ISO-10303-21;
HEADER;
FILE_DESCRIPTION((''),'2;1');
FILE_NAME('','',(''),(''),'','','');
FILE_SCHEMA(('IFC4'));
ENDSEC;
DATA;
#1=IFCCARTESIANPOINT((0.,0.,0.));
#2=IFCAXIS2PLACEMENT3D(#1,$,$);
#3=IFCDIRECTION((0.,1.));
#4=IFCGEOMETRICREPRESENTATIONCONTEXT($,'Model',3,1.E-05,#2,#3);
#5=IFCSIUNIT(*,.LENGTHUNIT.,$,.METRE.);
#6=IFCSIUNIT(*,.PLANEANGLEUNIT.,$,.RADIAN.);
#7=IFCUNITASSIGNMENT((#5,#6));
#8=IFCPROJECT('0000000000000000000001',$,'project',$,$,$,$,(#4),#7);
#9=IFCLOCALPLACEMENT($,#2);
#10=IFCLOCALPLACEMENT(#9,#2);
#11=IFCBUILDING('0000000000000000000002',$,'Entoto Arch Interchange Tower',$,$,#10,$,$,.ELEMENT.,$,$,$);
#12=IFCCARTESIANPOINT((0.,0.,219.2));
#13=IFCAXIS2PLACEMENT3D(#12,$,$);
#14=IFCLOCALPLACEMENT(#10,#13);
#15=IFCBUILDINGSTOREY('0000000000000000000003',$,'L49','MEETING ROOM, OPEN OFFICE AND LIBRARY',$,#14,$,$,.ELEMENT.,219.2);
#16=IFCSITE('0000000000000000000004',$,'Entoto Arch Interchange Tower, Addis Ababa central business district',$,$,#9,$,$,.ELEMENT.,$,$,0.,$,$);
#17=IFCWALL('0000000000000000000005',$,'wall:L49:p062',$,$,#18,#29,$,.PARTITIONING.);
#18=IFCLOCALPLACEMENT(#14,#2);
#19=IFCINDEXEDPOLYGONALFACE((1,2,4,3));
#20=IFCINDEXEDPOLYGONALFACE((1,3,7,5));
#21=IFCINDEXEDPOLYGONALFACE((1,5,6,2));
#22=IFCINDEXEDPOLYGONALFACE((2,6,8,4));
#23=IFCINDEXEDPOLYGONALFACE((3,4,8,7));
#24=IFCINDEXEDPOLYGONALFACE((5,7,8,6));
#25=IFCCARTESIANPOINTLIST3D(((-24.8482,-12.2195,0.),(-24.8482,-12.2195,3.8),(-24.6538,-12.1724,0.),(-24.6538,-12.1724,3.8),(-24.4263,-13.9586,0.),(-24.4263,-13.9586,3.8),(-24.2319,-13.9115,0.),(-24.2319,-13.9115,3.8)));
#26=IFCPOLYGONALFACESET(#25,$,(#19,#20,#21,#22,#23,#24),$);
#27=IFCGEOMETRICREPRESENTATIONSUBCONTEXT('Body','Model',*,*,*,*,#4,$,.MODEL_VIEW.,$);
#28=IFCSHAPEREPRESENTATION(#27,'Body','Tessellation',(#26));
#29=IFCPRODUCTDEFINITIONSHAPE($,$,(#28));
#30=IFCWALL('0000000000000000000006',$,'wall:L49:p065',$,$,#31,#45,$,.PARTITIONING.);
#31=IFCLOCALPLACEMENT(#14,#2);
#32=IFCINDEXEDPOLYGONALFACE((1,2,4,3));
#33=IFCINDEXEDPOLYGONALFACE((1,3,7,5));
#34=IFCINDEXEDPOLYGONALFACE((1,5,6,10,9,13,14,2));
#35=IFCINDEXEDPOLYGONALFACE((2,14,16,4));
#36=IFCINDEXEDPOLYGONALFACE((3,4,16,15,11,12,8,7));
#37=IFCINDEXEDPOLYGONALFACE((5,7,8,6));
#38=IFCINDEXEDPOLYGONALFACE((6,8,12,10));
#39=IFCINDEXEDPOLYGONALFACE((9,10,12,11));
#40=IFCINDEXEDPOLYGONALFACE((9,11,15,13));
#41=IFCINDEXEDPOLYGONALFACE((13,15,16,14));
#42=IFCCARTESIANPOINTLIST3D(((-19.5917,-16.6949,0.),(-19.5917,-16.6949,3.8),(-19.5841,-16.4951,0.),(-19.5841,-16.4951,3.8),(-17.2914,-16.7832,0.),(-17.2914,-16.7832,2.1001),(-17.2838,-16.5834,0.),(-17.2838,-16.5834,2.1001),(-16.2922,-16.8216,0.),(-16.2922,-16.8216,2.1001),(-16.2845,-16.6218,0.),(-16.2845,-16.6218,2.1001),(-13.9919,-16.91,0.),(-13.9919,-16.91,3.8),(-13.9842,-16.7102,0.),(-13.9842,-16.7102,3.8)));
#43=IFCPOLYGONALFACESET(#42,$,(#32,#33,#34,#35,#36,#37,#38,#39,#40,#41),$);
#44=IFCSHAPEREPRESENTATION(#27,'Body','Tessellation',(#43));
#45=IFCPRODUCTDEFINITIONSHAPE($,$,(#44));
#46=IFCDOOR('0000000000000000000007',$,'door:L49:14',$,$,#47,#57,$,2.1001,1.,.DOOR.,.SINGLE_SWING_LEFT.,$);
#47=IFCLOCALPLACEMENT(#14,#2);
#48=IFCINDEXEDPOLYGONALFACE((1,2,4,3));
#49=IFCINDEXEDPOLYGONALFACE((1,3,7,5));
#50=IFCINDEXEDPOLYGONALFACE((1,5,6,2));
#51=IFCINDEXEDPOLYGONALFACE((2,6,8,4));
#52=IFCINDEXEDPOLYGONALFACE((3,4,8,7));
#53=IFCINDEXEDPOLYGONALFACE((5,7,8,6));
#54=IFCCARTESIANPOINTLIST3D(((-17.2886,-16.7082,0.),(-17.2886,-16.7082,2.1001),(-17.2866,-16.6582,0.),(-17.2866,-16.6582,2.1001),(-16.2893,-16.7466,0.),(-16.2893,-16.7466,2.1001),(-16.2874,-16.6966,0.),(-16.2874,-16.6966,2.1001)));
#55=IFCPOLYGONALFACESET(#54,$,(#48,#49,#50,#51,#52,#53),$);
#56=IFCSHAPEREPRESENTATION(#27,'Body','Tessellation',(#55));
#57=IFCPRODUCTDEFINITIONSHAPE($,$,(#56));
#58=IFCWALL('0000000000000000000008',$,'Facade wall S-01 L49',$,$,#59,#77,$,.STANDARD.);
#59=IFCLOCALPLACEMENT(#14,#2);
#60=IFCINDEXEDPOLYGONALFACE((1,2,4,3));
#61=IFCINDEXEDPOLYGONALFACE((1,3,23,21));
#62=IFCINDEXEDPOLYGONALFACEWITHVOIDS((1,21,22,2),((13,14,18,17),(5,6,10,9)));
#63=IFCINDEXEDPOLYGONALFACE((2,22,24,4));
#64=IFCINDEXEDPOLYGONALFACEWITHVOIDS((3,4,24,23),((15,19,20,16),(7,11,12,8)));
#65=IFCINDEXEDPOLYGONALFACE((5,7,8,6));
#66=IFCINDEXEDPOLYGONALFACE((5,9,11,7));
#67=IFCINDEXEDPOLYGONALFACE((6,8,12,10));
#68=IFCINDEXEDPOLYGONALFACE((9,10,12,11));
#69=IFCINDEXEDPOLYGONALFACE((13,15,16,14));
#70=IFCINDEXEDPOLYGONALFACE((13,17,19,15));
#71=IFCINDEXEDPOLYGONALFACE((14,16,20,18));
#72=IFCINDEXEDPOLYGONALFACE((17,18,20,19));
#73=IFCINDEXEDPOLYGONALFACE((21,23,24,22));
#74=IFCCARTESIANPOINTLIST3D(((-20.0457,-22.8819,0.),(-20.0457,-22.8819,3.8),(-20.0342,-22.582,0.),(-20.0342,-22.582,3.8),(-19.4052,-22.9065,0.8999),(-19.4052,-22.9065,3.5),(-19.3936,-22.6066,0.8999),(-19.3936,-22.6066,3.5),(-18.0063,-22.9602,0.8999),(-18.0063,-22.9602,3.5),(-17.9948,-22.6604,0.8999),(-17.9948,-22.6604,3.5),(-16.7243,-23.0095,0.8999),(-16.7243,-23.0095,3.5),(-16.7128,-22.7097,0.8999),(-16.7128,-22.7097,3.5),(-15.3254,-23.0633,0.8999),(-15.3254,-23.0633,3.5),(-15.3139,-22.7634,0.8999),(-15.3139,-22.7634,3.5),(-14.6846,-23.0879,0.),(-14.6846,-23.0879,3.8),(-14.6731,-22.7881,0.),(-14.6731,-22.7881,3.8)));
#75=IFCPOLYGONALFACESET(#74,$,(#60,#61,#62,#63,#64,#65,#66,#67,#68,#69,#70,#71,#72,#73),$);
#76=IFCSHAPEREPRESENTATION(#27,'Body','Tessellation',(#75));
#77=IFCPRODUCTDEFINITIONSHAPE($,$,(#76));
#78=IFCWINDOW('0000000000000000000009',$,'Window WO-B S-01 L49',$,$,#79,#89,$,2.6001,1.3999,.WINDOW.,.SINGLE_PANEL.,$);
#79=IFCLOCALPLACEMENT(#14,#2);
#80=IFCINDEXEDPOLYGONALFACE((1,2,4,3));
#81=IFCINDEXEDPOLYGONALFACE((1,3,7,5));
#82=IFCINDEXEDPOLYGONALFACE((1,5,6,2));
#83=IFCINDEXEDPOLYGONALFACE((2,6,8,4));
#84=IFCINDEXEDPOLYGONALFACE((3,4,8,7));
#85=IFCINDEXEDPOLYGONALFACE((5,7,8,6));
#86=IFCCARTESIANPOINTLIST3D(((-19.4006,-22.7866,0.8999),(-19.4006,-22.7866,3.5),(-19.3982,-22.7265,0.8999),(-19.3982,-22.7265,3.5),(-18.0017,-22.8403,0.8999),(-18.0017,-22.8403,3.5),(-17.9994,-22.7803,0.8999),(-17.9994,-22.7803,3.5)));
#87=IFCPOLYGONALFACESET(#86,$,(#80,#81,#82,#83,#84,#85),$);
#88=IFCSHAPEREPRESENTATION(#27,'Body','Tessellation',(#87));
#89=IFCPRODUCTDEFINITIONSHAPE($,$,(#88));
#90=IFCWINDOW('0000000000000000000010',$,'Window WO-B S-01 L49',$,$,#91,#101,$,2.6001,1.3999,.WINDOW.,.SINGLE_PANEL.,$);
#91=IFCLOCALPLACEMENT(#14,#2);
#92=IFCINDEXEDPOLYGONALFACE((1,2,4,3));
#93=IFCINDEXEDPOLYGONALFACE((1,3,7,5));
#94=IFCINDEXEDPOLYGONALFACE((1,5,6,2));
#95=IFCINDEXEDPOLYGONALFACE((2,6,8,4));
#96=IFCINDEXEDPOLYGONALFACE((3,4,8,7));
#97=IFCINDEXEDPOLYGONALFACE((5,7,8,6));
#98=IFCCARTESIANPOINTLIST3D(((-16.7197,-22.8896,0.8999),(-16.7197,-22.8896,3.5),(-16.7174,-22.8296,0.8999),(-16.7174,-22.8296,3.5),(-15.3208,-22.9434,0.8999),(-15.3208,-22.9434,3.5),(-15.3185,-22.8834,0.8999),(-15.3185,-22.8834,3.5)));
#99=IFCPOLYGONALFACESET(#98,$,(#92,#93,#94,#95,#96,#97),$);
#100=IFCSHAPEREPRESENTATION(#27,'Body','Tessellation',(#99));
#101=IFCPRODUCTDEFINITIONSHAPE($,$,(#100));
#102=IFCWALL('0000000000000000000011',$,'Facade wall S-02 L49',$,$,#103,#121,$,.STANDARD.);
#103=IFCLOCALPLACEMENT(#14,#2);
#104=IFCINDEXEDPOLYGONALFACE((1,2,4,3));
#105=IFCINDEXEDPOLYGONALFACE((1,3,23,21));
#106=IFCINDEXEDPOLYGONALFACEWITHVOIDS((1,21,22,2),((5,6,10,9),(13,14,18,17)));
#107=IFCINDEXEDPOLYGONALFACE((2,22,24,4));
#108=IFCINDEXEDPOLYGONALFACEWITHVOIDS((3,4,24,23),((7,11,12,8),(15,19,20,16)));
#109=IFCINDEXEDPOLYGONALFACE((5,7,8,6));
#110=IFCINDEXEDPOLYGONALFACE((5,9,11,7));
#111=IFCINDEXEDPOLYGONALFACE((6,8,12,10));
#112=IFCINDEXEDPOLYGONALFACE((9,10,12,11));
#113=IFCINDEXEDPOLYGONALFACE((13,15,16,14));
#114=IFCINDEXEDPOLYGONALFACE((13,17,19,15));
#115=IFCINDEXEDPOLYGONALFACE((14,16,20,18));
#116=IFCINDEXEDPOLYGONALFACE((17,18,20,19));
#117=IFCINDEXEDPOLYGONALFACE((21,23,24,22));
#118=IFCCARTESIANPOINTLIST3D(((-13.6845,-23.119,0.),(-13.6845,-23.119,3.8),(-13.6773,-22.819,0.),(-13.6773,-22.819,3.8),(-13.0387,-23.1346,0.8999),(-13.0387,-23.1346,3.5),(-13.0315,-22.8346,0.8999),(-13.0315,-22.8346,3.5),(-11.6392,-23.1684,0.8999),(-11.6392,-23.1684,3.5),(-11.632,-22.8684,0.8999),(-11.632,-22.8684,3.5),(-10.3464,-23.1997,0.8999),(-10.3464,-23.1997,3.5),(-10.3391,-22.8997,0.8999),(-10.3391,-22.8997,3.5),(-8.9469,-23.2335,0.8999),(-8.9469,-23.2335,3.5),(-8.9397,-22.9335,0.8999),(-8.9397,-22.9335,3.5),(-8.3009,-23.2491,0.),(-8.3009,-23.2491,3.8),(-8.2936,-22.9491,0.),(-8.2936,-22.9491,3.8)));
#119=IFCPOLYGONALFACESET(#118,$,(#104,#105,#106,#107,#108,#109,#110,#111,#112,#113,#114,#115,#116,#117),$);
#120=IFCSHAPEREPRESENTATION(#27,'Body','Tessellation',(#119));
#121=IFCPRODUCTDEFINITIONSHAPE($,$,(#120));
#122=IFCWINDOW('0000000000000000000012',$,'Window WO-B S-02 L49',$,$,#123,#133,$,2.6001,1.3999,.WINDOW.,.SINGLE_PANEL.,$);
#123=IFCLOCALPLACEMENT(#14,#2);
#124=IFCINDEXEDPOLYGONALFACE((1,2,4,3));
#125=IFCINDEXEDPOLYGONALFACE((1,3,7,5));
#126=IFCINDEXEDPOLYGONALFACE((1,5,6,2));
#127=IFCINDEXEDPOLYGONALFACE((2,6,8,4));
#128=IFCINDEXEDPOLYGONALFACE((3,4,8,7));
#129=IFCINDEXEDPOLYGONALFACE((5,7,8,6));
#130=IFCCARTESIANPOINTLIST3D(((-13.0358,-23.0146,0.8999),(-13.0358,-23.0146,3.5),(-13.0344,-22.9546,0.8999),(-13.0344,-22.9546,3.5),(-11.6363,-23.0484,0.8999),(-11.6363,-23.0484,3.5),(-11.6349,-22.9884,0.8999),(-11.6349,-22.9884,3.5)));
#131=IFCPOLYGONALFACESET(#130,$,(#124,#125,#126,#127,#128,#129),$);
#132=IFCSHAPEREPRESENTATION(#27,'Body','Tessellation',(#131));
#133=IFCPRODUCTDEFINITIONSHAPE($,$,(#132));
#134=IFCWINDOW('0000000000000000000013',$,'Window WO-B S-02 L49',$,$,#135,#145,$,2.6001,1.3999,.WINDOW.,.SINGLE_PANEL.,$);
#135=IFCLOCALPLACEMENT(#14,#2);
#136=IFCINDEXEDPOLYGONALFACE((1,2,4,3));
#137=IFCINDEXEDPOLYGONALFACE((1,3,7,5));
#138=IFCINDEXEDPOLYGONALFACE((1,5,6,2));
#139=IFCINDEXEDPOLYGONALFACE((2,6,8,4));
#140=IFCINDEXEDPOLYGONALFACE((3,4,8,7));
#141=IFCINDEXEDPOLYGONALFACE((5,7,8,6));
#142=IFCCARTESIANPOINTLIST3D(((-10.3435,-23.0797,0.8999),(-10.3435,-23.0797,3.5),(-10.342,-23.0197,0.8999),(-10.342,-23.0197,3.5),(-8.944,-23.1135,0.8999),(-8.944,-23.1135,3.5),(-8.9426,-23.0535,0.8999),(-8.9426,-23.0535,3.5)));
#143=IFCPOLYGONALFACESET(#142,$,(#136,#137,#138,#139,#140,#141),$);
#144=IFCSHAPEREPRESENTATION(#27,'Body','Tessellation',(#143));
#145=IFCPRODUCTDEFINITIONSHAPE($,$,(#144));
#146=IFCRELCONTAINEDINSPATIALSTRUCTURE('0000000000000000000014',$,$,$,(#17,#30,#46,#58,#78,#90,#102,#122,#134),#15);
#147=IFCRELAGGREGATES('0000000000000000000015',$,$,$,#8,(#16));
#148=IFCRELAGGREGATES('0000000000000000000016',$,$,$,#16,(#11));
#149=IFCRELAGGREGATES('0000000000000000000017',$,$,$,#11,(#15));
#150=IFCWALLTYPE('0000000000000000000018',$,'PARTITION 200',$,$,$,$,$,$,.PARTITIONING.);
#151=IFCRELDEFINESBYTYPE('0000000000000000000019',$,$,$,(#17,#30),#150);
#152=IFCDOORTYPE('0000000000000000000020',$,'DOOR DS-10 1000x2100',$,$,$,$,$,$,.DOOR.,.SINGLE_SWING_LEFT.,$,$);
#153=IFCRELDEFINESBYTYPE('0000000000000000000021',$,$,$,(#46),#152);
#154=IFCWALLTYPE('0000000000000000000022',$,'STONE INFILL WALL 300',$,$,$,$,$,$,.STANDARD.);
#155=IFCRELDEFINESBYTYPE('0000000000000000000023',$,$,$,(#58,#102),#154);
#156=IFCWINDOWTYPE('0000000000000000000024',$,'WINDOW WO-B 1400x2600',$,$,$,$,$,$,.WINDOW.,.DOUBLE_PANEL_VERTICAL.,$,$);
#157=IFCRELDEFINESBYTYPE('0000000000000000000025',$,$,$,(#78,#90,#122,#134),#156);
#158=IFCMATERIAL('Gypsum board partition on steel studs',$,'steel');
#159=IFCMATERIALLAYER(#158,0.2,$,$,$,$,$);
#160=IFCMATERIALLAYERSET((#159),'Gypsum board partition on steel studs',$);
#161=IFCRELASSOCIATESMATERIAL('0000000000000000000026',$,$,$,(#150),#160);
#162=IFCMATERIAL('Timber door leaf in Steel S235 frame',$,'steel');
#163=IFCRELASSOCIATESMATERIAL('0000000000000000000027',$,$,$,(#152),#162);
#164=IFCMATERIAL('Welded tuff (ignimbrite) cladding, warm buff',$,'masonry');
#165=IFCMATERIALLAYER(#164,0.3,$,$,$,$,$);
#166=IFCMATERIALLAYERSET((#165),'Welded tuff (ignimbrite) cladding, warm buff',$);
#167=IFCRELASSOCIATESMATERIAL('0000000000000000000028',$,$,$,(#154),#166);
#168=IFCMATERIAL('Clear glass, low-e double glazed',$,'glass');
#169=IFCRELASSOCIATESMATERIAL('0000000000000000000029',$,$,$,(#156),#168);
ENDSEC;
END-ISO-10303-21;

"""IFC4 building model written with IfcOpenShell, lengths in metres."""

from ifc_helpers import new_model, si_unit, direction, frame, frame_2d, origin, place, context, subcontext, project, spatial, rectangle, extrude, material, layer, layer_set, type_object, element, fill, save


model = new_model("IFC4")

# Units and contexts
model_context = context("Model", 3, precision=1e-05, world=origin(), true_north=direction((0.0, 1.0)))
body_context = subcontext(model_context, "Body", "Model", "MODEL_VIEW")
ifc_project = project(units=[si_unit("LENGTHUNIT", "METRE"), si_unit("PLANEANGLEUNIT", "RADIAN")], contexts=[model_context])

# Site, building, storey
site_placement = place(None, origin())
site = spatial("IfcSite", under=ifc_project, at=site_placement, Name="Entoto Arch Interchange Tower, Addis Ababa central business district", CompositionType="ELEMENT", RefElevation=0.0)
building_placement = place(site_placement, origin())
building = spatial("IfcBuilding", under=site, at=building_placement, Name="Entoto Arch Interchange Tower", CompositionType="ELEMENT")
storey_placement = place(building_placement, frame((0.0, 0.0, 219.2)))
storey = spatial("IfcBuildingStorey", under=building, at=storey_placement, Name="L49", Description="MEETING ROOM, OPEN OFFICE AND LIBRARY", CompositionType="ELEMENT", Elevation=219.2)

# Shared definitions
ifc_material_1 = material(Name="Gypsum board partition on steel studs", Category="steel")
ifc_layer_1 = layer(ifc_material_1, 0.2)
ifc_layer_set_1 = layer_set([ifc_layer_1], Name="Gypsum board partition on steel studs")
wall_type_1 = type_object("IfcWallType", Name="PARTITION 200", PredefinedType="PARTITIONING", material=ifc_layer_set_1)

# Shared definitions
ifc_material_2 = material(Name="Timber door leaf in Steel S235 frame", Category="steel")
door_type = type_object("IfcDoorType", Name="DOOR DS-10 1000x2100", OperationType="SINGLE_SWING_LEFT", PredefinedType="DOOR", material=ifc_material_2)

# Wall
wall_1_placement = place(storey_placement, frame((-24.3291, -13.9351, 0.0), z_axis=(0.0, 0.0, 1.0), x_axis=(-0.235756, 0.971812, 0.0)))
element("IfcWall", 1, at=wall_1_placement, inside=storey, type_object=wall_type_1, Name="wall:L49:p062", PredefinedType="PARTITIONING", context=body_context, shape_type="SweptSolid", body=[
    extrude(rectangle(XDim=1.7896, YDim=0.2, at=frame_2d((0.8948, 0.0))), origin(), (0.0, 0.0, 1.0), 3.8),
])

# Wall, opening, door
wall_2_placement = place(storey_placement, frame((-13.988, -16.8101, 0.0), z_axis=(0.0, 0.0, 1.0), x_axis=(-0.999263, 0.038381, 0.0)))
wall_2 = element("IfcWall", 2, at=wall_2_placement, inside=storey, type_object=wall_type_1, Name="wall:L49:p065", PredefinedType="PARTITIONING", context=body_context, shape_type="SweptSolid", body=[
    extrude(rectangle(XDim=5.604, YDim=0.2, at=frame_2d((2.802, 0.0))), origin(), (0.0, 0.0, 1.0), 3.8),
])
opening_1_placement = place(wall_2_placement, frame((2.302, 0.0, 0.0)))
opening_1 = element("IfcOpeningElement", 3, at=opening_1_placement, cuts=wall_2, PredefinedType="OPENING", context=body_context, shape_type="SweptSolid", body=[
    extrude(rectangle(XDim=1.0, YDim=2.1001, at=frame_2d((0.5, 1.05))), frame((0.0, 0.1099, 0.0), z_axis=(0.0, -1.0, 0.0), x_axis=(1.0, 0.0, 0.0)), (0.0, 0.0, 1.0), 0.22),
])
door_1_placement = place(opening_1_placement, origin())
door_1 = element("IfcDoor", 4, at=door_1_placement, inside=storey, type_object=door_type, Name="door:L49:14", OperationType="SINGLE_SWING_LEFT", OverallHeight=2.1001, OverallWidth=1.0, PredefinedType="DOOR", context=body_context, shape_type="SweptSolid", body=[
    extrude(rectangle(XDim=1.0, YDim=2.1001, at=frame_2d((0.5, 1.05))), frame((0.0, 0.0249, 0.0), z_axis=(0.0, -1.0, 0.0), x_axis=(1.0, 0.0, 0.0)), (0.0, 0.0, 1.0), 0.05),
])
fill(opening_1, door_1)

# Walls, openings, windows
ifc_material_3 = material(Name="Welded tuff (ignimbrite) cladding, warm buff", Category="masonry")
ifc_layer_2 = layer(ifc_material_3, 0.3)
ifc_layer_set_2 = layer_set([ifc_layer_2], Name="Welded tuff (ignimbrite) cladding, warm buff")
wall_type_2 = type_object("IfcWallType", Name="STONE INFILL WALL 300", PredefinedType="STANDARD", material=ifc_layer_set_2)
wall_3_placement = place(storey_placement, frame((-20.04, -22.7319, 0.0), z_axis=(0.0, 0.0, 1.0), x_axis=(0.999262, -0.038407, 0.0)))
wall_3 = element("IfcWall", 5, at=wall_3_placement, inside=storey, type_object=wall_type_2, Name="Facade wall S-01 L49", PredefinedType="STANDARD", context=body_context, shape_type="SweptSolid", body=[
    extrude(rectangle(XDim=5.365, YDim=0.3, at=frame_2d((2.6826, 0.0))), origin(), (0.0, 0.0, 1.0), 3.8),
])
opening_2_placement = place(wall_3_placement, frame((0.6411, 0.0, 0.8999)))
opening_2 = element("IfcOpeningElement", 6, at=opening_2_placement, cuts=wall_3, PredefinedType="OPENING", context=body_context, shape_type="SweptSolid", body=[
    extrude(rectangle(XDim=1.3999, YDim=2.6001, at=frame_2d((0.7, 1.3))), frame((0.0, 0.1602, 0.0), z_axis=(0.0, -1.0, 0.0), x_axis=(1.0, 0.0, 0.0)), (0.0, 0.0, 1.0), 0.3201),
])
opening_3_placement = place(wall_3_placement, frame((3.324, 0.0, 0.8999)))
opening_3 = element("IfcOpeningElement", 7, at=opening_3_placement, cuts=wall_3, PredefinedType="OPENING", context=body_context, shape_type="SweptSolid", body=[
    extrude(rectangle(XDim=1.3999, YDim=2.6001, at=frame_2d((0.7, 1.3))), frame((0.0, 0.1602, 0.0), z_axis=(0.0, -1.0, 0.0), x_axis=(1.0, 0.0, 0.0)), (0.0, 0.0, 1.0), 0.3201),
])
ifc_material_4 = material(Name="Clear glass, low-e double glazed", Category="glass")
window_type = type_object("IfcWindowType", Name="WINDOW WO-B 1400x2600", PartitioningType="DOUBLE_PANEL_VERTICAL", PredefinedType="WINDOW", material=ifc_material_4)
window_1_placement = place(opening_2_placement, origin())
window_1 = element("IfcWindow", 8, at=window_1_placement, inside=storey, type_object=window_type, Name="Window WO-B S-01 L49", OverallHeight=2.6001, OverallWidth=1.3999, PartitioningType="SINGLE_PANEL", PredefinedType="WINDOW", context=body_context, shape_type="SweptSolid", body=[
    extrude(rectangle(XDim=1.3999, YDim=2.6001, at=frame_2d((0.7, 1.3))), frame((0.0, 0.03, 0.0), z_axis=(0.0, -1.0, 0.0), x_axis=(1.0, 0.0, 0.0)), (0.0, 0.0, 1.0), 0.0601),
])
fill(opening_2, window_1)
window_2_placement = place(opening_3_placement, origin())
window_2 = element("IfcWindow", 9, at=window_2_placement, inside=storey, type_object=window_type, Name="Window WO-B S-01 L49", OverallHeight=2.6001, OverallWidth=1.3999, PartitioningType="SINGLE_PANEL", PredefinedType="WINDOW", context=body_context, shape_type="SweptSolid", body=[
    extrude(rectangle(XDim=1.3999, YDim=2.6001, at=frame_2d((0.7, 1.3))), frame((0.0, 0.03, 0.0), z_axis=(0.0, -1.0, 0.0), x_axis=(1.0, 0.0, 0.0)), (0.0, 0.0, 1.0), 0.0601),
])
fill(opening_3, window_2)
wall_4_placement = place(storey_placement, frame((-13.6809, -22.969, 0.0), z_axis=(0.0, 0.0, 1.0), x_axis=(0.999708, -0.024163, 0.0)))
wall_4 = element("IfcWall", 10, at=wall_4_placement, inside=storey, type_object=wall_type_2, Name="Facade wall S-02 L49", PredefinedType="STANDARD", context=body_context, shape_type="SweptSolid", body=[
    extrude(rectangle(XDim=5.3853, YDim=0.3, at=frame_2d((2.6926, 0.0))), origin(), (0.0, 0.0, 1.0), 3.8),
])
opening_4_placement = place(wall_4_placement, frame((0.646, 0.0, 0.8999)))
opening_4 = element("IfcOpeningElement", 11, at=opening_4_placement, cuts=wall_4, PredefinedType="OPENING", context=body_context, shape_type="SweptSolid", body=[
    extrude(rectangle(XDim=1.3999, YDim=2.6001, at=frame_2d((0.7, 1.3))), frame((0.0, 0.1602, 0.0), z_axis=(0.0, -1.0, 0.0), x_axis=(1.0, 0.0, 0.0)), (0.0, 0.0, 1.0), 0.3201),
])
opening_5_placement = place(wall_4_placement, frame((3.3391, 0.0, 0.8999)))
opening_5 = element("IfcOpeningElement", 12, at=opening_5_placement, cuts=wall_4, PredefinedType="OPENING", context=body_context, shape_type="SweptSolid", body=[
    extrude(rectangle(XDim=1.3999, YDim=2.6001, at=frame_2d((0.7, 1.3))), frame((0.0, 0.1602, 0.0), z_axis=(0.0, -1.0, 0.0), x_axis=(1.0, 0.0, 0.0)), (0.0, 0.0, 1.0), 0.3201),
])
window_3_placement = place(opening_4_placement, origin())
window_3 = element("IfcWindow", 13, at=window_3_placement, inside=storey, type_object=window_type, Name="Window WO-B S-02 L49", OverallHeight=2.6001, OverallWidth=1.3999, PartitioningType="SINGLE_PANEL", PredefinedType="WINDOW", context=body_context, shape_type="SweptSolid", body=[
    extrude(rectangle(XDim=1.3999, YDim=2.6001, at=frame_2d((0.7, 1.3))), frame((0.0, 0.03, 0.0), z_axis=(0.0, -1.0, 0.0), x_axis=(1.0, 0.0, 0.0)), (0.0, 0.0, 1.0), 0.0601),
])
fill(opening_4, window_3)
window_4_placement = place(opening_5_placement, origin())
window_4 = element("IfcWindow", 14, at=window_4_placement, inside=storey, type_object=window_type, Name="Window WO-B S-02 L49", OverallHeight=2.6001, OverallWidth=1.3999, PartitioningType="SINGLE_PANEL", PredefinedType="WINDOW", context=body_context, shape_type="SweptSolid", body=[
    extrude(rectangle(XDim=1.3999, YDim=2.6001, at=frame_2d((0.7, 1.3))), frame((0.0, 0.03, 0.0), z_axis=(0.0, -1.0, 0.0), x_axis=(1.0, 0.0, 0.0)), (0.0, 0.0, 1.0), 0.0601),
])
fill(opening_5, window_4)

save(model, "model.ifc")
